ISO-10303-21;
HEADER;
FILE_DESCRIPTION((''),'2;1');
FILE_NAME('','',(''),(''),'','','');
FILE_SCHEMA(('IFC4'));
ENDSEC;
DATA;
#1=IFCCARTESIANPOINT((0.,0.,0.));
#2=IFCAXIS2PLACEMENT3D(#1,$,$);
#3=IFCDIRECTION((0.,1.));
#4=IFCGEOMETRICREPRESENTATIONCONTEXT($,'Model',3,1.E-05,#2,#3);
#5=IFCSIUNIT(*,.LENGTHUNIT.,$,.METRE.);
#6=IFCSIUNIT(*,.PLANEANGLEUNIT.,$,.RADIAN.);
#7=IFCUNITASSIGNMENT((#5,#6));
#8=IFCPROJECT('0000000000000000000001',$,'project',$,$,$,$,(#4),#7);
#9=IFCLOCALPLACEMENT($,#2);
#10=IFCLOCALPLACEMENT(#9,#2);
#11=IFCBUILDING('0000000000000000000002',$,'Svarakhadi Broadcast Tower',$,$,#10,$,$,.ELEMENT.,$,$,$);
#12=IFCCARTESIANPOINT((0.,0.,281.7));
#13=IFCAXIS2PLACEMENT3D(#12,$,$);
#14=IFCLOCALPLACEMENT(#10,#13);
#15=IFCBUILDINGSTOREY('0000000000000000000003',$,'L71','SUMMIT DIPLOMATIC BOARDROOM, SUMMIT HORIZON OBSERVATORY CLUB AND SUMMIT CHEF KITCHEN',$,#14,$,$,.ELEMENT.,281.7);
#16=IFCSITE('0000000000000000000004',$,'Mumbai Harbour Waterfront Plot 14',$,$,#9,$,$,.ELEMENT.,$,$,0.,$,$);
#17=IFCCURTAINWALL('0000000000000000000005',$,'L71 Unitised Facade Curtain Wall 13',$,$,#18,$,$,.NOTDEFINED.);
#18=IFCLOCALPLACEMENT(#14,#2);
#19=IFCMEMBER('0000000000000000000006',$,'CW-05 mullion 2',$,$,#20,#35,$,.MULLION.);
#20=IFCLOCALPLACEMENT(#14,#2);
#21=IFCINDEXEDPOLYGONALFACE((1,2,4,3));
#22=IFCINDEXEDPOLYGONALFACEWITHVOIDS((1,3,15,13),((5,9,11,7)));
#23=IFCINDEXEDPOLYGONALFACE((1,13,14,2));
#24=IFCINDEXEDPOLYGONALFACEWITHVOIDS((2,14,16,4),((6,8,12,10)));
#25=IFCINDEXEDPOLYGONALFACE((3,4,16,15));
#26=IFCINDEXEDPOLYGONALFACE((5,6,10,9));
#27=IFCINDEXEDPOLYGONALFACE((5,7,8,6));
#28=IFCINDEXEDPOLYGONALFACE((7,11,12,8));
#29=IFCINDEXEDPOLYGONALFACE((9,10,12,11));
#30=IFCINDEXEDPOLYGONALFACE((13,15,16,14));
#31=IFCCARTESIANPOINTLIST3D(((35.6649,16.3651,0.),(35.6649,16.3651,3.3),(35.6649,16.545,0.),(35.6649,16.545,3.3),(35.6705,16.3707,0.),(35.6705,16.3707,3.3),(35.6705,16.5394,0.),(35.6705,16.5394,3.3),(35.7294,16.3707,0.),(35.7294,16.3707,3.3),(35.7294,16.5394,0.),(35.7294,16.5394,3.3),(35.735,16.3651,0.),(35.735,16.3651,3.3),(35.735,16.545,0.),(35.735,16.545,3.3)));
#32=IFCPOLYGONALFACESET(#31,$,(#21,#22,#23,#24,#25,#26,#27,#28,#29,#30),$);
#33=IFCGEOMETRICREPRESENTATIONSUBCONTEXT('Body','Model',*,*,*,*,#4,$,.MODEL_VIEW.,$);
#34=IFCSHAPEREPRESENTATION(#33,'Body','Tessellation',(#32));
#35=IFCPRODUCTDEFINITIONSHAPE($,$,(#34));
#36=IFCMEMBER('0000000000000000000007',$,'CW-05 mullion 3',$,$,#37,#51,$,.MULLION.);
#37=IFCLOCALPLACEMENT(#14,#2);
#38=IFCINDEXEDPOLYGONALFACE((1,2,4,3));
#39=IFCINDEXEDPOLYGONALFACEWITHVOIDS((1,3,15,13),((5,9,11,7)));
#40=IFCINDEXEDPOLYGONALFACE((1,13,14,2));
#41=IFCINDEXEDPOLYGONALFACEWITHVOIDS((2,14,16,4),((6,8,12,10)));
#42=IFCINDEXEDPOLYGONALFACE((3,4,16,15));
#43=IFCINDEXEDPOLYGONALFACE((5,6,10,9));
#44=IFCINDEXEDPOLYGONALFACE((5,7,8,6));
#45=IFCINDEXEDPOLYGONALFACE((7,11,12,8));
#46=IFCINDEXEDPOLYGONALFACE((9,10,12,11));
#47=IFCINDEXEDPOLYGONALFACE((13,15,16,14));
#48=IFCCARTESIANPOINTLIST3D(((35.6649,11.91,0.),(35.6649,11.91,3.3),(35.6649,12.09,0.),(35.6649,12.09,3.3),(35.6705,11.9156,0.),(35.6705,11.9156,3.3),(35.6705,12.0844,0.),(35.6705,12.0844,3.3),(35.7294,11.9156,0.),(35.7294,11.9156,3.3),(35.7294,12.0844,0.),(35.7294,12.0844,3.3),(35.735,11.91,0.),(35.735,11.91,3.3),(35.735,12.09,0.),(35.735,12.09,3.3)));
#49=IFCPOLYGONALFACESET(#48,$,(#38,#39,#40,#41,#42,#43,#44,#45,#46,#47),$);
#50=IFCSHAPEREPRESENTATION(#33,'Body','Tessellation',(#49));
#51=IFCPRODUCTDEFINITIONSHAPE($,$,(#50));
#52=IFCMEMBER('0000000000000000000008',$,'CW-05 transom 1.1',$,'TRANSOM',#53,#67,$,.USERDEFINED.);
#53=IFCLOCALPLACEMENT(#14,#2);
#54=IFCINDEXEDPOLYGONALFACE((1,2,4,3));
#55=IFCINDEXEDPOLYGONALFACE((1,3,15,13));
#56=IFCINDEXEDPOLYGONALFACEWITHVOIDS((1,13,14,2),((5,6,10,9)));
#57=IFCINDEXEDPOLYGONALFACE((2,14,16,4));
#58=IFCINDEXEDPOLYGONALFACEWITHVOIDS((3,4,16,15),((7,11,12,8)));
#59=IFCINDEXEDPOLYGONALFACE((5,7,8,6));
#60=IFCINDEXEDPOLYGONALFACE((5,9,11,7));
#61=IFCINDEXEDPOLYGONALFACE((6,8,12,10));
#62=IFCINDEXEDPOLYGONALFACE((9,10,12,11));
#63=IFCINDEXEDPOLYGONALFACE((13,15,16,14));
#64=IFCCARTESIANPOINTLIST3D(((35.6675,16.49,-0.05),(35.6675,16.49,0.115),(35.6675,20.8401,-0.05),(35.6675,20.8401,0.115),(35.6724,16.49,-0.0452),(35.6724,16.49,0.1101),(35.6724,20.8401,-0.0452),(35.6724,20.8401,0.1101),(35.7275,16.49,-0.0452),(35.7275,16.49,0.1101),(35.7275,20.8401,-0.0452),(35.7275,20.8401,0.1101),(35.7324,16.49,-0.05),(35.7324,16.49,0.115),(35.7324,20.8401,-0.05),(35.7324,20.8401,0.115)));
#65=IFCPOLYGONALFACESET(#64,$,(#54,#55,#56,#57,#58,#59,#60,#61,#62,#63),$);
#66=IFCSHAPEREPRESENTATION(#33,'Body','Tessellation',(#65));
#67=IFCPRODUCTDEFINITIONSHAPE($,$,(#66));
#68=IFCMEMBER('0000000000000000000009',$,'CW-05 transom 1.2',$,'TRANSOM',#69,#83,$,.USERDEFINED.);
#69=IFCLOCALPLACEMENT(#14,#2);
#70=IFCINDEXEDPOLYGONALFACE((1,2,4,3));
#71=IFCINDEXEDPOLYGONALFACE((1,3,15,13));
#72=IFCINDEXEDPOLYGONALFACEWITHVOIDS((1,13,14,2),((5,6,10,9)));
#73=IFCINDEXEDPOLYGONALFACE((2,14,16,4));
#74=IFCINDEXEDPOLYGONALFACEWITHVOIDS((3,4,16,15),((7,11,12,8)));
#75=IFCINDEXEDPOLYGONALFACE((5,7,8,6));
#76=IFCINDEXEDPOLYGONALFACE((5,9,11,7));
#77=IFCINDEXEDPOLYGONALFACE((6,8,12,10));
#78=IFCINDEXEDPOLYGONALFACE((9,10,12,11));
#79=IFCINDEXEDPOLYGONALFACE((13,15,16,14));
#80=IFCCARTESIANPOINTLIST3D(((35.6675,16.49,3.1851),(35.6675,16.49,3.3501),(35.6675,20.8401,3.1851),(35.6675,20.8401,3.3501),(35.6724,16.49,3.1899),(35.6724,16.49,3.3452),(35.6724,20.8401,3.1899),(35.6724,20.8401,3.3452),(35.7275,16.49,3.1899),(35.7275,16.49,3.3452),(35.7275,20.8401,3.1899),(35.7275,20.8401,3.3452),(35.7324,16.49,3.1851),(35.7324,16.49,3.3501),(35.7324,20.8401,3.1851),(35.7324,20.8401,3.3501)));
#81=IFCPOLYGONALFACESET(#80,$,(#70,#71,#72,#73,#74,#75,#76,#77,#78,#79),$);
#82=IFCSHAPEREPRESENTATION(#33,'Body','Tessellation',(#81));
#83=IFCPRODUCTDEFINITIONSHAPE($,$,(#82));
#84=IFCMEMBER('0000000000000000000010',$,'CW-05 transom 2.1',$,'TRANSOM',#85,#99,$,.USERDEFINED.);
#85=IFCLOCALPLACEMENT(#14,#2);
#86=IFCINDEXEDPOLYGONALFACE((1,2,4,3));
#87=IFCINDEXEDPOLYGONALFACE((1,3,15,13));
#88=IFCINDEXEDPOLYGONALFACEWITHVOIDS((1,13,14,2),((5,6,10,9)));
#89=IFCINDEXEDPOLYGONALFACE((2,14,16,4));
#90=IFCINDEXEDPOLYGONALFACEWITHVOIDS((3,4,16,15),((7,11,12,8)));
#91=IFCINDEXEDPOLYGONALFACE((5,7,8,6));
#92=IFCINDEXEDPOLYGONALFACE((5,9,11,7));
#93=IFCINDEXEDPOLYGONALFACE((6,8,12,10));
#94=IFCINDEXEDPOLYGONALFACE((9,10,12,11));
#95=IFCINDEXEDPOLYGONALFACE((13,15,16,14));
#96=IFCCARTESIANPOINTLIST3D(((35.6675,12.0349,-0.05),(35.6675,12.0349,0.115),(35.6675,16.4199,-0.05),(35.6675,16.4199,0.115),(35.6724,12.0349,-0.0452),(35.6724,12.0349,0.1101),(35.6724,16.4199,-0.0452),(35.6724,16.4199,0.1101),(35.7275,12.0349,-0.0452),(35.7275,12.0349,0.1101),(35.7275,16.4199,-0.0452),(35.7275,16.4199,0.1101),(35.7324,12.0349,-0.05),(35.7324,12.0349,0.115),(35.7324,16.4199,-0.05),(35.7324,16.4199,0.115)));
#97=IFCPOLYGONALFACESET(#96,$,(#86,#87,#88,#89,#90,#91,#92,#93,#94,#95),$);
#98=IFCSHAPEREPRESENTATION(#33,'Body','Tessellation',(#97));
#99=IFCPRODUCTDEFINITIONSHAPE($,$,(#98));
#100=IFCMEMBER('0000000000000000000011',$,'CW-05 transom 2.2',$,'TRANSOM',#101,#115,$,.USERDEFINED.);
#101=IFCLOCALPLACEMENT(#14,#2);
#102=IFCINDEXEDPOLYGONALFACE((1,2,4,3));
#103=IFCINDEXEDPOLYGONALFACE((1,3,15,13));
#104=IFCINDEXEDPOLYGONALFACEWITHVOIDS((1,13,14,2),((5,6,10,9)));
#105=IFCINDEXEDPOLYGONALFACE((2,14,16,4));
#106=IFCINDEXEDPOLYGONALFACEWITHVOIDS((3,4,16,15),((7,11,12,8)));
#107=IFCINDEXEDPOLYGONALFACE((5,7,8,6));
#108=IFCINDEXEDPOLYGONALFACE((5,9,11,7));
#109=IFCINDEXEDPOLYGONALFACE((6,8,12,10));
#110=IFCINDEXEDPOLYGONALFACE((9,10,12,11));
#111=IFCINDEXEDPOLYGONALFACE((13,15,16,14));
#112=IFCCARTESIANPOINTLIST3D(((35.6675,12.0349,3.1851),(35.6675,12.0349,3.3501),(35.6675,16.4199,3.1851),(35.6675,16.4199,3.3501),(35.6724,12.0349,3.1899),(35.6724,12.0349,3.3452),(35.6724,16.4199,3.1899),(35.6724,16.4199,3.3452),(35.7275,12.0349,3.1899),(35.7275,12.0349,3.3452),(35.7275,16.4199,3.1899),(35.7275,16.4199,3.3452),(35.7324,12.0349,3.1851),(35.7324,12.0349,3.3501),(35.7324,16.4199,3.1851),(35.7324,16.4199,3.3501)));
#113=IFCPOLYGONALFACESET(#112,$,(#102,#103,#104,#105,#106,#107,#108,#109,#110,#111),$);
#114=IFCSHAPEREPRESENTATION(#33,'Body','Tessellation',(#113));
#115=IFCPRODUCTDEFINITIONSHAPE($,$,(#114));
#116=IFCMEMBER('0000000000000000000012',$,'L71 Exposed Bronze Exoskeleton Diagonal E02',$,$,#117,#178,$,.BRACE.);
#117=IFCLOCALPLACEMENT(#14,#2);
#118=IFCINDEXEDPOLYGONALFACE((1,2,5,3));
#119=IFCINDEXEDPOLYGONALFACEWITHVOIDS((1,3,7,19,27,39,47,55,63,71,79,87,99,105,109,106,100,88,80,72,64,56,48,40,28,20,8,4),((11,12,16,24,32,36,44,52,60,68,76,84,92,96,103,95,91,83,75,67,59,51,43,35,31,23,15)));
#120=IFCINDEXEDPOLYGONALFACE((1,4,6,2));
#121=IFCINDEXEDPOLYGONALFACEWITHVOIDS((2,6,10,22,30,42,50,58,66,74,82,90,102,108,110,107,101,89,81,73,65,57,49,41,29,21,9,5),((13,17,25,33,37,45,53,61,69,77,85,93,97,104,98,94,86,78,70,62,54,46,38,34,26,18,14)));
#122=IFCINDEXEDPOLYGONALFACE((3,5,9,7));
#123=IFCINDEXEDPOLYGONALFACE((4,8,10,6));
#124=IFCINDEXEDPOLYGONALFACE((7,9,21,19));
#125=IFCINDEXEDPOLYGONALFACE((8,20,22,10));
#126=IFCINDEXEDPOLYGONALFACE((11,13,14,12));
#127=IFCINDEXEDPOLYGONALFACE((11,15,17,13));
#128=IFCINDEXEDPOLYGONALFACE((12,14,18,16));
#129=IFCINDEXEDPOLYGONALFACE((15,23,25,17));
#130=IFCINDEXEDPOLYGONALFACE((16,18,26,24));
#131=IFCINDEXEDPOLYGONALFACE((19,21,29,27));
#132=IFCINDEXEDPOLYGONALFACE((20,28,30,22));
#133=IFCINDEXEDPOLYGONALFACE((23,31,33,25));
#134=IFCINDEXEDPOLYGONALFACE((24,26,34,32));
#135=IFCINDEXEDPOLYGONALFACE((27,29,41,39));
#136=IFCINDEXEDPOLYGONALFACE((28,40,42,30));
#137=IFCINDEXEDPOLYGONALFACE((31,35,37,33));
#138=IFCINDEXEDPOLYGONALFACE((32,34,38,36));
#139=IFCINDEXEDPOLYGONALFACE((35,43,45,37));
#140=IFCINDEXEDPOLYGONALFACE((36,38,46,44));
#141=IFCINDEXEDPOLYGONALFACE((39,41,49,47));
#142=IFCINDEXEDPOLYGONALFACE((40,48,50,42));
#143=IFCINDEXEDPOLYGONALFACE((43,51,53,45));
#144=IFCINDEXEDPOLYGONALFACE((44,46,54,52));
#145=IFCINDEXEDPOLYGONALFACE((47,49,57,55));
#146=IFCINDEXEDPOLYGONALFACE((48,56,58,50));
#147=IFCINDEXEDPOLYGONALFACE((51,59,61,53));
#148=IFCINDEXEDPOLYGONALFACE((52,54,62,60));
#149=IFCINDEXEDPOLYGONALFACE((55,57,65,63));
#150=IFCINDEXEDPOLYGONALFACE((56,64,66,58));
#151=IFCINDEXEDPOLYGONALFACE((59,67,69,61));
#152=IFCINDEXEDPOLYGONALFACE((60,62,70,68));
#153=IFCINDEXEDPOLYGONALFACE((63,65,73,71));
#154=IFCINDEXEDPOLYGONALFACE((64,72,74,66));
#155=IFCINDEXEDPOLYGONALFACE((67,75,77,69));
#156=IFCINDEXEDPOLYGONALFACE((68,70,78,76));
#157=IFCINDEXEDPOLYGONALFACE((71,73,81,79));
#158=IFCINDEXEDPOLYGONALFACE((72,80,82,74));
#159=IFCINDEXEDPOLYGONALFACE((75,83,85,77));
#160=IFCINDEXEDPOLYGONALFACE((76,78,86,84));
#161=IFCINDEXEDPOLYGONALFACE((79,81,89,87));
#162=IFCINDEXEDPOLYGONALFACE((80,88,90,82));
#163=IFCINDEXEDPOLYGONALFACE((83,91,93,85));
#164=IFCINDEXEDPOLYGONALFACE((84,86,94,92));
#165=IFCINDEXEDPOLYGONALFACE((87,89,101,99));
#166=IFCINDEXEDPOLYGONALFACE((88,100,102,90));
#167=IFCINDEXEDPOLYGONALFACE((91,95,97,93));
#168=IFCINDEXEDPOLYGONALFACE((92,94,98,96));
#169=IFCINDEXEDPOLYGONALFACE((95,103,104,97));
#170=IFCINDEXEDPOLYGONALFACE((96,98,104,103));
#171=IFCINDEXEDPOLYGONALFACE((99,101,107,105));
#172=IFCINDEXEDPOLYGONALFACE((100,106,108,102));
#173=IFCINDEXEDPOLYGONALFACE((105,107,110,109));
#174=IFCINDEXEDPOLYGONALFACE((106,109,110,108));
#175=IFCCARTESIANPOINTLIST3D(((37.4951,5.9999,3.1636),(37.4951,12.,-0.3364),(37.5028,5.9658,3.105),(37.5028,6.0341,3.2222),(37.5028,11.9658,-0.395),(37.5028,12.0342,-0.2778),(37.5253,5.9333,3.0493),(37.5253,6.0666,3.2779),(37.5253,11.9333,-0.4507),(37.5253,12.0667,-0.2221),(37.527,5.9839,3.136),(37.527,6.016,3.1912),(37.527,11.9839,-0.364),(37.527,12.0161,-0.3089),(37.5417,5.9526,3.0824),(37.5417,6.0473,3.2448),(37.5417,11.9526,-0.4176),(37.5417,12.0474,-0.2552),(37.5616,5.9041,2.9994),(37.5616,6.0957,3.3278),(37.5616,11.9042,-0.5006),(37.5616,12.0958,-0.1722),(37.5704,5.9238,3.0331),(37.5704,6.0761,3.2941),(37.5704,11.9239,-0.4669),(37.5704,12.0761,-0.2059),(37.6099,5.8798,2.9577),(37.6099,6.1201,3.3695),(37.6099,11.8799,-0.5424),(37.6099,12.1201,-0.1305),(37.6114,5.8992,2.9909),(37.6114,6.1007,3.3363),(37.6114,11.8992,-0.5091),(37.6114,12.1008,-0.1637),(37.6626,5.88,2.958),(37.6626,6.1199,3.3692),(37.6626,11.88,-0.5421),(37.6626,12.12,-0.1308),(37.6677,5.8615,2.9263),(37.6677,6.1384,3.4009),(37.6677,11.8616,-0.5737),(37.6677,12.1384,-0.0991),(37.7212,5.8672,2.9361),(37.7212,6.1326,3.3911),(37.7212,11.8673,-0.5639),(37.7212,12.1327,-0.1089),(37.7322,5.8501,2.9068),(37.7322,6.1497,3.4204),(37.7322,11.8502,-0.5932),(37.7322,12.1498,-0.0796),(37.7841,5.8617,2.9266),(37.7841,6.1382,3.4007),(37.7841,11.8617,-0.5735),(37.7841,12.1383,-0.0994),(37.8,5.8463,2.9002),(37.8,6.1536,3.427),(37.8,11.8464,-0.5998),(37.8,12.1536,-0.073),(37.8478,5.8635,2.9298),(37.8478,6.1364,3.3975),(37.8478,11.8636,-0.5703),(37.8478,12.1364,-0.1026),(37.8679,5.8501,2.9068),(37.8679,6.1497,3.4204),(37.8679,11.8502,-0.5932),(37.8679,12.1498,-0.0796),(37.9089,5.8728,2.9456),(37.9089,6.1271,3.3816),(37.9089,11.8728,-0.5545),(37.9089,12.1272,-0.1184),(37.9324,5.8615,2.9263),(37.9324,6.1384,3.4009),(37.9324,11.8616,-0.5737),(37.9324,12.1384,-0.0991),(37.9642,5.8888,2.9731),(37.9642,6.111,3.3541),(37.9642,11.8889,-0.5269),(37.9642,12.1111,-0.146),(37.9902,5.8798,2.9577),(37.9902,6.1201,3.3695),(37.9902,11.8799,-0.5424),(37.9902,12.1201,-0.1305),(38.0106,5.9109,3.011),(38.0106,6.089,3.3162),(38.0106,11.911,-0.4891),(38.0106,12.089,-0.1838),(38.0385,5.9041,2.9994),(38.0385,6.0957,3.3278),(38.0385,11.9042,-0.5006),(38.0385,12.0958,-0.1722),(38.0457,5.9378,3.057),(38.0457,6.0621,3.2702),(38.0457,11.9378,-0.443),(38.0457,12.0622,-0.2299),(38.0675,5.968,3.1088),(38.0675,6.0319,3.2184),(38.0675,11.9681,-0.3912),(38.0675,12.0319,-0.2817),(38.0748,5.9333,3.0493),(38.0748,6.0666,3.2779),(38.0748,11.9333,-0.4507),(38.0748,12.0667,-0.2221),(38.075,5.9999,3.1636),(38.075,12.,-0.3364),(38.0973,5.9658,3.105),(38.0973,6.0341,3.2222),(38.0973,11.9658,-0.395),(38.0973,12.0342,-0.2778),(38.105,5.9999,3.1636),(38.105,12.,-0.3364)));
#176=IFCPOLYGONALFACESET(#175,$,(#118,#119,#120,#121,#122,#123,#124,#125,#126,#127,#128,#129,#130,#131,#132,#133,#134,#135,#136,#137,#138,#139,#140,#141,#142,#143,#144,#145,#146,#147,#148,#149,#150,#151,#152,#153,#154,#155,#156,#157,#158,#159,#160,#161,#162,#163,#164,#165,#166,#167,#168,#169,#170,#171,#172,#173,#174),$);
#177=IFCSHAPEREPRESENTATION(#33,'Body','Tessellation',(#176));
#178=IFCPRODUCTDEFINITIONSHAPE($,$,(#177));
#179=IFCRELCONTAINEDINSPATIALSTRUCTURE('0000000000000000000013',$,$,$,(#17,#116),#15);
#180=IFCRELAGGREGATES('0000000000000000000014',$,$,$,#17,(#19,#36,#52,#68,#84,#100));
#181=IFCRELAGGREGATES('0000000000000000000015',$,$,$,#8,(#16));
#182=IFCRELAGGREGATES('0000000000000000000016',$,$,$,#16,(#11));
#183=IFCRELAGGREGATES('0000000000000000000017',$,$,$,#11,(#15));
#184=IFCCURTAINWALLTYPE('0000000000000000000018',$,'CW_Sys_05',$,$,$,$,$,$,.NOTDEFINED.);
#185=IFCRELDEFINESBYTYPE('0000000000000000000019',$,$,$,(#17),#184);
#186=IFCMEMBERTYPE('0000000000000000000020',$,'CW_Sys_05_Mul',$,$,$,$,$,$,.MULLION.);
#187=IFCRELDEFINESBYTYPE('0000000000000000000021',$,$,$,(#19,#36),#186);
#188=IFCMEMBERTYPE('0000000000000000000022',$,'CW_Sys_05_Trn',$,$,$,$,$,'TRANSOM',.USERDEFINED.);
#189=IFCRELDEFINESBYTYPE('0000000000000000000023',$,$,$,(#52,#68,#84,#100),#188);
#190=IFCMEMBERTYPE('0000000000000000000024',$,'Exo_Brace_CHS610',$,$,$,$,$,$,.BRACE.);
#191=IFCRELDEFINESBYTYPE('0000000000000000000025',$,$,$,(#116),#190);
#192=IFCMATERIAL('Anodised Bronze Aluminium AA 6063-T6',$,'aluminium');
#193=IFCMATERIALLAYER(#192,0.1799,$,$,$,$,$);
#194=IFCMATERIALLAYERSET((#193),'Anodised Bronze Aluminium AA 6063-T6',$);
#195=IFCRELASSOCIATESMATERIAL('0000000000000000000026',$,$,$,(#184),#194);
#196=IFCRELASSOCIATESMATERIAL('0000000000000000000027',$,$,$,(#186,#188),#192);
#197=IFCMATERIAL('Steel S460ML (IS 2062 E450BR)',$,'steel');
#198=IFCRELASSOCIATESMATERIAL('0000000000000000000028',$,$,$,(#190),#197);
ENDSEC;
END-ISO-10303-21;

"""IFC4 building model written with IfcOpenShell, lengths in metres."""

from ifc_helpers import new_model, si_unit, direction, frame, origin, origin_2d, place, context, subcontext, project, spatial, hollow_rectangle, hollow_circle, extrude, material, layer, layer_set, material_profile, profile_set, type_object, element, aggregate, save


model = new_model("IFC4")

# Units and contexts
model_context = context("Model", 3, precision=1e-05, world=origin(), true_north=direction((0.0, 1.0)))
body_context = subcontext(model_context, "Body", "Model", "MODEL_VIEW")
ifc_project = project(units=[si_unit("LENGTHUNIT", "METRE"), si_unit("PLANEANGLEUNIT", "RADIAN")], contexts=[model_context])

# Site, building, storey
site_placement = place(None, origin())
site = spatial("IfcSite", under=ifc_project, at=site_placement, Name="Mumbai Harbour Waterfront Plot 14", CompositionType="ELEMENT", RefElevation=0.0)
building_placement = place(site_placement, origin())
building = spatial("IfcBuilding", under=site, at=building_placement, Name="Svarakhadi Broadcast Tower", CompositionType="ELEMENT")
storey_placement = place(building_placement, frame((0.0, 0.0, 281.7)))
storey = spatial("IfcBuildingStorey", under=building, at=storey_placement, Name="L71", Description="SUMMIT DIPLOMATIC BOARDROOM, SUMMIT HORIZON OBSERVATORY CLUB AND SUMMIT CHEF KITCHEN", CompositionType="ELEMENT", Elevation=281.7)

# Shared definitions
ifc_material_1 = material(Name="Steel S460ML (IS 2062 E450BR)", Category="steel")

# Shared definitions
ifc_material_2 = material(Name="Anodised Bronze Aluminium AA 6063-T6", Category="aluminium")
ifc_layer_1 = layer(ifc_material_2, 0.1799)
ifc_layer_set_1 = layer_set([ifc_layer_1], Name="Anodised Bronze Aluminium AA 6063-T6")
curtain_wall_type = type_object("IfcCurtainWallType", Name="CW_Sys_05", PredefinedType="NOTDEFINED", material=ifc_layer_set_1)
ifc_material_profile_1 = material_profile(ifc_material_2, hollow_rectangle(XDim=0.0701, YDim=0.1799, WallThickness=0.0056, at=origin_2d()), Name="ALU MULLION 180x70x6")
ifc_profile_set_1 = profile_set([ifc_material_profile_1], Name="Anodised Bronze Aluminium AA 6063-T6")
member_type_1 = type_object("IfcMemberType", Name="CW_Sys_05_Mul", PredefinedType="MULLION", material=ifc_profile_set_1)

# Curtain wall, members
curtain_wall_1_placement = place(storey_placement, origin())
curtain_wall_1 = element("IfcCurtainWall", 1, at=curtain_wall_1_placement, inside=storey, type_object=curtain_wall_type, Name="L71 Unitised Facade Curtain Wall 13", PredefinedType="NOTDEFINED")
member_1_placement = place(storey_placement, frame((35.7, 16.4551, 0.0), z_axis=(0.0, 0.0, 1.0), x_axis=(1.0, 0.0, 0.0)))
member_1 = element("IfcMember", 2, at=member_1_placement, type_object=member_type_1, Name="CW-05 mullion 2", PredefinedType="MULLION", context=body_context, shape_type="SweptSolid", body=[
    extrude(hollow_rectangle(XDim=0.0701, YDim=0.1799, WallThickness=0.0056, at=origin_2d()), origin(), (0.0, 0.0, 1.0), 3.3),
])
member_2_placement = place(storey_placement, frame((35.7, 12.0, 0.0), z_axis=(0.0, 0.0, 1.0), x_axis=(1.0, 0.0, 0.0)))
member_2 = element("IfcMember", 3, at=member_2_placement, type_object=member_type_1, Name="CW-05 mullion 3", PredefinedType="MULLION", context=body_context, shape_type="SweptSolid", body=[
    extrude(hollow_rectangle(XDim=0.0701, YDim=0.1799, WallThickness=0.0056, at=origin_2d()), origin(), (0.0, 0.0, 1.0), 3.3),
])
ifc_material_profile_2 = material_profile(ifc_material_2, hollow_rectangle(XDim=0.0649, YDim=0.165, WallThickness=0.0049, at=origin_2d()), Name="ALU TRANSOM 165x65x5")
ifc_profile_set_2 = profile_set([ifc_material_profile_2], Name="Anodised Bronze Aluminium AA 6063-T6")
member_type_2 = type_object("IfcMemberType", Name="CW_Sys_05_Trn", ElementType="TRANSOM", PredefinedType="USERDEFINED", material=ifc_profile_set_2)
member_3_placement = place(storey_placement, frame((35.7, 20.8401, 0.0325), z_axis=(0.0, -1.0, 0.0), x_axis=(1.0, 0.0, 0.0)))
member_3 = element("IfcMember", 4, at=member_3_placement, type_object=member_type_2, Name="CW-05 transom 1.1", ObjectType="TRANSOM", PredefinedType="USERDEFINED", context=body_context, shape_type="SweptSolid", body=[
    extrude(hollow_rectangle(XDim=0.0649, YDim=0.165, WallThickness=0.0049, at=origin_2d()), origin(), (0.0, 0.0, 1.0), 4.3501),
])
member_4_placement = place(storey_placement, frame((35.7, 20.8401, 3.2676), z_axis=(0.0, -1.0, 0.0), x_axis=(1.0, 0.0, 0.0)))
member_4 = element("IfcMember", 5, at=member_4_placement, type_object=member_type_2, Name="CW-05 transom 1.2", ObjectType="TRANSOM", PredefinedType="USERDEFINED", context=body_context, shape_type="SweptSolid", body=[
    extrude(hollow_rectangle(XDim=0.0649, YDim=0.165, WallThickness=0.0049, at=origin_2d()), origin(), (0.0, 0.0, 1.0), 4.3501),
])
member_5_placement = place(storey_placement, frame((35.7, 16.4199, 0.0325), z_axis=(0.0, -1.0, 0.0), x_axis=(1.0, 0.0, 0.0)))
member_5 = element("IfcMember", 6, at=member_5_placement, type_object=member_type_2, Name="CW-05 transom 2.1", ObjectType="TRANSOM", PredefinedType="USERDEFINED", context=body_context, shape_type="SweptSolid", body=[
    extrude(hollow_rectangle(XDim=0.0649, YDim=0.165, WallThickness=0.0049, at=origin_2d()), origin(), (0.0, 0.0, 1.0), 4.385),
])
member_6_placement = place(storey_placement, frame((35.7, 16.4199, 3.2676), z_axis=(0.0, -1.0, 0.0), x_axis=(1.0, 0.0, 0.0)))
member_6 = element("IfcMember", 7, at=member_6_placement, type_object=member_type_2, Name="CW-05 transom 2.2", ObjectType="TRANSOM", PredefinedType="USERDEFINED", context=body_context, shape_type="SweptSolid", body=[
    extrude(hollow_rectangle(XDim=0.0649, YDim=0.165, WallThickness=0.0049, at=origin_2d()), origin(), (0.0, 0.0, 1.0), 4.385),
])

# Member
ifc_material_profile_3 = material_profile(ifc_material_1, hollow_circle(Radius=0.3049, WallThickness=0.03, at=origin_2d()), Name="CHS 610x30")
ifc_profile_set_3 = profile_set([ifc_material_profile_3], Name="Steel S460ML (IS 2062 E450BR)")
member_type_3 = type_object("IfcMemberType", Name="Exo_Brace_CHS610", PredefinedType="BRACE", material=ifc_profile_set_3)
for number, where, z_axis, x_axis, name in (
    (8, (37.8, 12.0, -0.3364), (0.0, -0.863779, 0.503871), (1.0, 0.0, 0.0), "L71 Exposed Bronze Exoskeleton Diagonal E02"),
):
    element("IfcMember", number, at=place(storey_placement, frame(where, z_axis=z_axis, x_axis=x_axis)), inside=storey, type_object=member_type_3, Name=name, PredefinedType="BRACE", context=body_context, shape_type="SweptSolid", body=[
        extrude(hollow_circle(Radius=0.3049, WallThickness=0.03, at=origin_2d()), origin(), (0.0, 0.0, 1.0), 6.9463),
    ])

aggregate(curtain_wall_1, [member_1, member_2, member_3, member_4, member_5, member_6])

save(model, "model.ifc")
